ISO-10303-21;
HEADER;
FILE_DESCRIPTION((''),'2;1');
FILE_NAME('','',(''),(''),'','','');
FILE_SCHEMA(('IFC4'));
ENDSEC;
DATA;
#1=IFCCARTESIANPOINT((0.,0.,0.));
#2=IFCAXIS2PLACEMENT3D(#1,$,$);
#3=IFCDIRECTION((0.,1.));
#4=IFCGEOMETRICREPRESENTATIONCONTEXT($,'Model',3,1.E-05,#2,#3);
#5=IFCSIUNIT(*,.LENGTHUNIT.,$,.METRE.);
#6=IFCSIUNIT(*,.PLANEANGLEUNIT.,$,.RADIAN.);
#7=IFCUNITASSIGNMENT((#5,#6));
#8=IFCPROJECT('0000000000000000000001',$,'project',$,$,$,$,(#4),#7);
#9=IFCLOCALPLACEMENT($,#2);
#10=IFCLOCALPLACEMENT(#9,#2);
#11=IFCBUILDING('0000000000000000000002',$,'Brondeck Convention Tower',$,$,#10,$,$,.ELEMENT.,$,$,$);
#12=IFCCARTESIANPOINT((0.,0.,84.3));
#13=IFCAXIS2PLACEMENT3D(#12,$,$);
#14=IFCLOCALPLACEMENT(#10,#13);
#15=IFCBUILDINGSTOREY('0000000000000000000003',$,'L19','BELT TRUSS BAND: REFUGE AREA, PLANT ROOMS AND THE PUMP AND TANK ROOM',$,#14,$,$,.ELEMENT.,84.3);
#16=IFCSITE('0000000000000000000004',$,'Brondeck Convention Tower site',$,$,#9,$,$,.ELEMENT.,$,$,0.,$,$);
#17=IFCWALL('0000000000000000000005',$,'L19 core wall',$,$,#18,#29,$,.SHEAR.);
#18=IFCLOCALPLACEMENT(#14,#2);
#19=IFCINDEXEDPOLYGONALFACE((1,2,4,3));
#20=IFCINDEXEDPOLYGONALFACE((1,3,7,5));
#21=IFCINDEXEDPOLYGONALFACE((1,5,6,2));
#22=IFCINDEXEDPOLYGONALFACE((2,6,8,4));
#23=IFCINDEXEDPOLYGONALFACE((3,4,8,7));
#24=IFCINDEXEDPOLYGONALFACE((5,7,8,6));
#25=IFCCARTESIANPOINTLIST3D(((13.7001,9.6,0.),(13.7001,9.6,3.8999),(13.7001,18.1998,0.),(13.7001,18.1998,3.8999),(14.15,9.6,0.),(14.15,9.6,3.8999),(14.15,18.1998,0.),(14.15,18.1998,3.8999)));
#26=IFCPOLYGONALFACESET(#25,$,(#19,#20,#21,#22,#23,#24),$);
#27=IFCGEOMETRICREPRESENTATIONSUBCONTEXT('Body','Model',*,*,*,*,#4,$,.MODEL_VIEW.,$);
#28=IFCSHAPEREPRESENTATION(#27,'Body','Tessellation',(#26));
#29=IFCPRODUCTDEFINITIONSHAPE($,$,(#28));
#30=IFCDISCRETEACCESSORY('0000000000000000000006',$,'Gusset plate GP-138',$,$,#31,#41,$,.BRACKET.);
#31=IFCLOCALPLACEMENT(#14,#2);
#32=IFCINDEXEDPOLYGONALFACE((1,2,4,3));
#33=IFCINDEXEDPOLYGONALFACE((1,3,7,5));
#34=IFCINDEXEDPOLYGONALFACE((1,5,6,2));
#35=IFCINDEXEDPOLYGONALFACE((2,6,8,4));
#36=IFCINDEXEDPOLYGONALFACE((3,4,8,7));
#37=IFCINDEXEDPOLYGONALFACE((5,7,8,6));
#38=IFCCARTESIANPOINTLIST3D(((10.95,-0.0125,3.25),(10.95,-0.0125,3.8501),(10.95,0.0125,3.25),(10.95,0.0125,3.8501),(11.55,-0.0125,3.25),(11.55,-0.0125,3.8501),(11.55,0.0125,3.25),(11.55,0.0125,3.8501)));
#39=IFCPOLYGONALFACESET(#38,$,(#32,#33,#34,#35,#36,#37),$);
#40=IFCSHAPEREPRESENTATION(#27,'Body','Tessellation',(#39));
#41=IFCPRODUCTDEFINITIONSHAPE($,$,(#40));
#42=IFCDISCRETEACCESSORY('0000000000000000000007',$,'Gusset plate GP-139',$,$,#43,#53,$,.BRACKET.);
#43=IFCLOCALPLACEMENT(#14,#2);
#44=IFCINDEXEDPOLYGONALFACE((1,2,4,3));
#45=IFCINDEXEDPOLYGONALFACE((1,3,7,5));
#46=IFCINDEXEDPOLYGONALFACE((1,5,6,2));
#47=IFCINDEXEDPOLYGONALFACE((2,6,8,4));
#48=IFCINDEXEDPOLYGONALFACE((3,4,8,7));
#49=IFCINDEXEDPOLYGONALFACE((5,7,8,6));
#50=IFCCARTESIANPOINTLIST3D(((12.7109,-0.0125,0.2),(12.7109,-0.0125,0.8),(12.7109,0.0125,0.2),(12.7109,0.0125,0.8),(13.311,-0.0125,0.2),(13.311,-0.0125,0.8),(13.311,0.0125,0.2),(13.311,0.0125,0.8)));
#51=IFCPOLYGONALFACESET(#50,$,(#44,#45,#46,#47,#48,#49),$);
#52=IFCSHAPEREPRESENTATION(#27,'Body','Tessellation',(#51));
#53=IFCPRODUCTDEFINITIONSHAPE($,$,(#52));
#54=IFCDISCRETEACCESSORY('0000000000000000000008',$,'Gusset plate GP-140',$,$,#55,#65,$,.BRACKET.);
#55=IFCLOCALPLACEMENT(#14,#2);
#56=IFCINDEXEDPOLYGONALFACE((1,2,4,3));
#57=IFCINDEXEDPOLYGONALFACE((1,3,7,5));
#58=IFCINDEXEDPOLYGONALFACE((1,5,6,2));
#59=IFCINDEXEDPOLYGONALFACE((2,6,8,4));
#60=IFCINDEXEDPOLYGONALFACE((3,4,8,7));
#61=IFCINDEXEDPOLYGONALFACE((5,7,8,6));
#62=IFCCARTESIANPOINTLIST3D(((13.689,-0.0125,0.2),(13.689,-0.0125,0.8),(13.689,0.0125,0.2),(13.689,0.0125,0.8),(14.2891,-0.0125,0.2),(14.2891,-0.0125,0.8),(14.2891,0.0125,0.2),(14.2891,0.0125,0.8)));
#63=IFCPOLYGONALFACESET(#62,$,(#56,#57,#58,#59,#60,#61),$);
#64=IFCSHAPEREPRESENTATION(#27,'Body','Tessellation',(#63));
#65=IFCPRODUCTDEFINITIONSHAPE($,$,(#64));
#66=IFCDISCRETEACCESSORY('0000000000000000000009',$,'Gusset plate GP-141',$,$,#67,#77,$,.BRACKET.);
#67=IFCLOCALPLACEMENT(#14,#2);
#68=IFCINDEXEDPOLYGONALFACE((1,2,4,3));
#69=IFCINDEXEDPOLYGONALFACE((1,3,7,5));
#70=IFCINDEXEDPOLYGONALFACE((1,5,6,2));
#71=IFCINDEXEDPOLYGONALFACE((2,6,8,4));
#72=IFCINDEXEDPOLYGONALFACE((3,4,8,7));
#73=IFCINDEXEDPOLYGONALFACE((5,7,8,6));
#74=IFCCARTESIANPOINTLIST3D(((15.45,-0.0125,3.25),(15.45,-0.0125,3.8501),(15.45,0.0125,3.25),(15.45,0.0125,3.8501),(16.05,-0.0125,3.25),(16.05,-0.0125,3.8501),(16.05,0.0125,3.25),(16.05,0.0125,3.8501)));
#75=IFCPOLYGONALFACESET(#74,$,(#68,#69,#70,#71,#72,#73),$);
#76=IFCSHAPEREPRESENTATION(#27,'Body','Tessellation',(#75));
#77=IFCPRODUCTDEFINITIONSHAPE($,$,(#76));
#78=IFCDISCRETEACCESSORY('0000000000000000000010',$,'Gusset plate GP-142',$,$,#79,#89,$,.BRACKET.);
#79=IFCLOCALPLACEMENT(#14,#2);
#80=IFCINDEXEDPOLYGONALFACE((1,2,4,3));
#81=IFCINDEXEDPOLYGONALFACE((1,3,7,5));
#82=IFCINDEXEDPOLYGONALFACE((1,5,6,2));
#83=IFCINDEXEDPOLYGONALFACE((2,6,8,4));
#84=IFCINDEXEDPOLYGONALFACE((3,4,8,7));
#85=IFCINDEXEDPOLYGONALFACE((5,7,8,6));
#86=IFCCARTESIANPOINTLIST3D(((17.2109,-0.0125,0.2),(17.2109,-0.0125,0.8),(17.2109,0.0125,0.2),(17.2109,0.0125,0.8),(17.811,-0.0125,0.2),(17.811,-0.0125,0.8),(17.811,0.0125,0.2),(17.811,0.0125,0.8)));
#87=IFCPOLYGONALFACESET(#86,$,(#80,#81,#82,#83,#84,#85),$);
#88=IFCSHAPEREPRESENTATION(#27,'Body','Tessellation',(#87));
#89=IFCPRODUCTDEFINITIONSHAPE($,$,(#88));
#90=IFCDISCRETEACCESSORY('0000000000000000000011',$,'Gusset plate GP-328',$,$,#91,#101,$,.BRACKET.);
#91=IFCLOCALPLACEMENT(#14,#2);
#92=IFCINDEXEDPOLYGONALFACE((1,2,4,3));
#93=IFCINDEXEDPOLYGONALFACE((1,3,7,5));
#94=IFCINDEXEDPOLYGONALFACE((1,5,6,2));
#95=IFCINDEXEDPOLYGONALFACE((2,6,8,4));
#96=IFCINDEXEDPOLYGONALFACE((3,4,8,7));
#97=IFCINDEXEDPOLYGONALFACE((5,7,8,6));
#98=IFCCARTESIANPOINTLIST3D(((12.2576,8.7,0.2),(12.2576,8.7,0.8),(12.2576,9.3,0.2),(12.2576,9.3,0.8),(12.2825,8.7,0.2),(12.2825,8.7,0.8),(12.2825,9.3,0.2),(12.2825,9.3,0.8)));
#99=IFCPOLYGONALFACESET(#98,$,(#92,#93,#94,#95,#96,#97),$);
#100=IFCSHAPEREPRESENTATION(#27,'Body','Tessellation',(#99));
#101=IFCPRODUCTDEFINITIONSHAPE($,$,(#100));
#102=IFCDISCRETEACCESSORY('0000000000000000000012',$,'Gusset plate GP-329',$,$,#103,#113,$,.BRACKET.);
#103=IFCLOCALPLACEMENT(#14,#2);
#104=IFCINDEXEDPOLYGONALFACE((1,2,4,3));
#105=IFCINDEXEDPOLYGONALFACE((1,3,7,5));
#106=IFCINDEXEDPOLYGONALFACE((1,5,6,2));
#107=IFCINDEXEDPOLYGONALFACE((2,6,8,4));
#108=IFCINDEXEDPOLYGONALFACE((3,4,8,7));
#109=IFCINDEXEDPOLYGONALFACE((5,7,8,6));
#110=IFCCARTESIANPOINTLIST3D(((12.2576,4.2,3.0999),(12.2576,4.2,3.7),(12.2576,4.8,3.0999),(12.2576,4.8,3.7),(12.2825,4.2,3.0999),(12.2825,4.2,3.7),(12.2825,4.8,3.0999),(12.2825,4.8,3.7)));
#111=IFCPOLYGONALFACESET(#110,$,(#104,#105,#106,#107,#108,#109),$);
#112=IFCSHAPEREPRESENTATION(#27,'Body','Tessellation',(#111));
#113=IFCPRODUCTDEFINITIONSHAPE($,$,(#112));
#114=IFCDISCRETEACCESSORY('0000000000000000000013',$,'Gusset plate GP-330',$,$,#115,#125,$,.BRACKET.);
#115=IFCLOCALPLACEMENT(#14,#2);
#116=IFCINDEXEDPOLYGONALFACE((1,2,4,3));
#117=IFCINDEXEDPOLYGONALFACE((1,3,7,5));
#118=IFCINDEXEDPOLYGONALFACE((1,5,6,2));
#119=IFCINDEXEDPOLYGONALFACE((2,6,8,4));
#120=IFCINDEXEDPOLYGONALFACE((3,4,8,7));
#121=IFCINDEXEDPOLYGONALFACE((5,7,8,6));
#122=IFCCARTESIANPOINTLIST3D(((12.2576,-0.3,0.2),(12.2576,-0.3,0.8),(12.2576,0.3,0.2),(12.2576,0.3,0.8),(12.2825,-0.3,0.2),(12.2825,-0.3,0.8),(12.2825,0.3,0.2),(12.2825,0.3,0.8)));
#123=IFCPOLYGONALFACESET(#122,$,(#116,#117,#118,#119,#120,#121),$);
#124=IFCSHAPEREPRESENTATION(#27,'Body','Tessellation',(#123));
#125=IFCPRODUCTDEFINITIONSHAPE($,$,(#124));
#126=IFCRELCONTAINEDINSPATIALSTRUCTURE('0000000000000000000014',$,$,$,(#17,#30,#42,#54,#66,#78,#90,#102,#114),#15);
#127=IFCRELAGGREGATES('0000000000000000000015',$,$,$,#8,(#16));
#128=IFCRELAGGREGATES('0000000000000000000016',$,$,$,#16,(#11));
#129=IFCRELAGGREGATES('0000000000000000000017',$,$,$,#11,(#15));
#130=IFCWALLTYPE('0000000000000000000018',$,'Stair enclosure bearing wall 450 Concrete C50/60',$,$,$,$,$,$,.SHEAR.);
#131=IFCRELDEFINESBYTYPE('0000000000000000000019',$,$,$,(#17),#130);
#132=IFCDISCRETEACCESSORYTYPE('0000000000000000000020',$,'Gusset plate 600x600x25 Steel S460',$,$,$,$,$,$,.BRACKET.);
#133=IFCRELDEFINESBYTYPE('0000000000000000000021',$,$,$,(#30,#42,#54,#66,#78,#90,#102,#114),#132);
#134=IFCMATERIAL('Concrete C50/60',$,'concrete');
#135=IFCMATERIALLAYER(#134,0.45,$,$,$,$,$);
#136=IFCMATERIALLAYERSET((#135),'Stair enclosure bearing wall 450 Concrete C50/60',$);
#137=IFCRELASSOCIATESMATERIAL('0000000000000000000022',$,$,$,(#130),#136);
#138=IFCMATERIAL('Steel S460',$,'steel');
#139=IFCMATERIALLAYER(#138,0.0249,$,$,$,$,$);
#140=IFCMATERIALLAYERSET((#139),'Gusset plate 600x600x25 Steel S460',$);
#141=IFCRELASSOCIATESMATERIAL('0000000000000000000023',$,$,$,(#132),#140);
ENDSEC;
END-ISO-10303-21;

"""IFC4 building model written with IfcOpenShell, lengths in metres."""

from ifc_helpers import new_model, si_unit, direction, frame, frame_2d, origin, origin_2d, place, context, subcontext, project, spatial, rectangle, extrude, material, layer, layer_set, type_object, element, save


model = new_model("IFC4")

# Units and contexts
model_context = context("Model", 3, precision=1e-05, world=origin(), true_north=direction((0.0, 1.0)))
body_context = subcontext(model_context, "Body", "Model", "MODEL_VIEW")
ifc_project = project(units=[si_unit("LENGTHUNIT", "METRE"), si_unit("PLANEANGLEUNIT", "RADIAN")], contexts=[model_context])

# Site, building, storey
site_placement = place(None, origin())
site = spatial("IfcSite", under=ifc_project, at=site_placement, Name="Brondeck Convention Tower site", CompositionType="ELEMENT", RefElevation=0.0)
building_placement = place(site_placement, origin())
building = spatial("IfcBuilding", under=site, at=building_placement, Name="Brondeck Convention Tower", CompositionType="ELEMENT")
storey_placement = place(building_placement, frame((0.0, 0.0, 84.3)))
storey = spatial("IfcBuildingStorey", under=building, at=storey_placement, Name="L19", Description="BELT TRUSS BAND: REFUGE AREA, PLANT ROOMS AND THE PUMP AND TANK ROOM", CompositionType="ELEMENT", Elevation=84.3)

# Shared definitions
ifc_material_1 = material(Name="Steel S460", Category="steel")

# Wall
ifc_material_2 = material(Name="Concrete C50/60", Category="concrete")
ifc_layer_1 = layer(ifc_material_2, 0.45)
ifc_layer_set_1 = layer_set([ifc_layer_1], Name="Stair enclosure bearing wall 450 Concrete C50/60")
wall_type = type_object("IfcWallType", Name="Stair enclosure bearing wall 450 Concrete C50/60", PredefinedType="SHEAR", material=ifc_layer_set_1)
wall_placement = place(storey_placement, frame((13.925, 9.6001, 0.0), z_axis=(0.0, 0.0, 1.0), x_axis=(0.0, 1.0, 0.0)))
element("IfcWall", 1, at=wall_placement, inside=storey, type_object=wall_type, Name="L19 core wall", PredefinedType="SHEAR", context=body_context, shape_type="SweptSolid", body=[
    extrude(rectangle(XDim=8.5999, YDim=0.45, at=frame_2d((4.2998, 0.0))), origin(), (0.0, 0.0, 1.0), 3.8999),
])

# Discrete accessories
ifc_layer_2 = layer(ifc_material_1, 0.0249)
ifc_layer_set_2 = layer_set([ifc_layer_2], Name="Gusset plate 600x600x25 Steel S460")
discrete_accessory_type = type_object("IfcDiscreteAccessoryType", Name="Gusset plate 600x600x25 Steel S460", PredefinedType="BRACKET", material=ifc_layer_set_2)
for number, where, z_axis, x_axis, name in (
    (2, (11.25, 0.0, 3.25), (0.0, 0.0, 1.0), (1.0, 0.0, 0.0), "Gusset plate GP-138"),
    (3, (13.011, 0.0, 0.2), (0.0, 0.0, 1.0), (1.0, 0.0, 0.0), "Gusset plate GP-139"),
    (4, (13.989, 0.0, 0.2), (0.0, 0.0, 1.0), (1.0, 0.0, 0.0), "Gusset plate GP-140"),
    (5, (15.75, 0.0, 3.25), (0.0, 0.0, 1.0), (1.0, 0.0, 0.0), "Gusset plate GP-141"),
    (6, (17.511, 0.0, 0.2), (0.0, 0.0, 1.0), (1.0, 0.0, 0.0), "Gusset plate GP-142"),
    (7, (12.27, 9.0, 0.2), (0.0, 0.0, 1.0), (0.0, 1.0, 0.0), "Gusset plate GP-328"),
    (8, (12.27, 4.5, 3.0999), (0.0, 0.0, 1.0), (0.0, 1.0, 0.0), "Gusset plate GP-329"),
    (9, (12.27, 0.0, 0.2), (0.0, 0.0, 1.0), (0.0, 1.0, 0.0), "Gusset plate GP-330"),
):
    element("IfcDiscreteAccessory", number, at=place(storey_placement, frame(where, z_axis=z_axis, x_axis=x_axis)), inside=storey, type_object=discrete_accessory_type, Name=name, PredefinedType="BRACKET", context=body_context, shape_type="SweptSolid", body=[
        extrude(rectangle(XDim=0.6001, YDim=0.0249, at=origin_2d()), origin(), (0.0, 0.0, 1.0), 0.6001),
    ])

save(model, "model.ifc")
